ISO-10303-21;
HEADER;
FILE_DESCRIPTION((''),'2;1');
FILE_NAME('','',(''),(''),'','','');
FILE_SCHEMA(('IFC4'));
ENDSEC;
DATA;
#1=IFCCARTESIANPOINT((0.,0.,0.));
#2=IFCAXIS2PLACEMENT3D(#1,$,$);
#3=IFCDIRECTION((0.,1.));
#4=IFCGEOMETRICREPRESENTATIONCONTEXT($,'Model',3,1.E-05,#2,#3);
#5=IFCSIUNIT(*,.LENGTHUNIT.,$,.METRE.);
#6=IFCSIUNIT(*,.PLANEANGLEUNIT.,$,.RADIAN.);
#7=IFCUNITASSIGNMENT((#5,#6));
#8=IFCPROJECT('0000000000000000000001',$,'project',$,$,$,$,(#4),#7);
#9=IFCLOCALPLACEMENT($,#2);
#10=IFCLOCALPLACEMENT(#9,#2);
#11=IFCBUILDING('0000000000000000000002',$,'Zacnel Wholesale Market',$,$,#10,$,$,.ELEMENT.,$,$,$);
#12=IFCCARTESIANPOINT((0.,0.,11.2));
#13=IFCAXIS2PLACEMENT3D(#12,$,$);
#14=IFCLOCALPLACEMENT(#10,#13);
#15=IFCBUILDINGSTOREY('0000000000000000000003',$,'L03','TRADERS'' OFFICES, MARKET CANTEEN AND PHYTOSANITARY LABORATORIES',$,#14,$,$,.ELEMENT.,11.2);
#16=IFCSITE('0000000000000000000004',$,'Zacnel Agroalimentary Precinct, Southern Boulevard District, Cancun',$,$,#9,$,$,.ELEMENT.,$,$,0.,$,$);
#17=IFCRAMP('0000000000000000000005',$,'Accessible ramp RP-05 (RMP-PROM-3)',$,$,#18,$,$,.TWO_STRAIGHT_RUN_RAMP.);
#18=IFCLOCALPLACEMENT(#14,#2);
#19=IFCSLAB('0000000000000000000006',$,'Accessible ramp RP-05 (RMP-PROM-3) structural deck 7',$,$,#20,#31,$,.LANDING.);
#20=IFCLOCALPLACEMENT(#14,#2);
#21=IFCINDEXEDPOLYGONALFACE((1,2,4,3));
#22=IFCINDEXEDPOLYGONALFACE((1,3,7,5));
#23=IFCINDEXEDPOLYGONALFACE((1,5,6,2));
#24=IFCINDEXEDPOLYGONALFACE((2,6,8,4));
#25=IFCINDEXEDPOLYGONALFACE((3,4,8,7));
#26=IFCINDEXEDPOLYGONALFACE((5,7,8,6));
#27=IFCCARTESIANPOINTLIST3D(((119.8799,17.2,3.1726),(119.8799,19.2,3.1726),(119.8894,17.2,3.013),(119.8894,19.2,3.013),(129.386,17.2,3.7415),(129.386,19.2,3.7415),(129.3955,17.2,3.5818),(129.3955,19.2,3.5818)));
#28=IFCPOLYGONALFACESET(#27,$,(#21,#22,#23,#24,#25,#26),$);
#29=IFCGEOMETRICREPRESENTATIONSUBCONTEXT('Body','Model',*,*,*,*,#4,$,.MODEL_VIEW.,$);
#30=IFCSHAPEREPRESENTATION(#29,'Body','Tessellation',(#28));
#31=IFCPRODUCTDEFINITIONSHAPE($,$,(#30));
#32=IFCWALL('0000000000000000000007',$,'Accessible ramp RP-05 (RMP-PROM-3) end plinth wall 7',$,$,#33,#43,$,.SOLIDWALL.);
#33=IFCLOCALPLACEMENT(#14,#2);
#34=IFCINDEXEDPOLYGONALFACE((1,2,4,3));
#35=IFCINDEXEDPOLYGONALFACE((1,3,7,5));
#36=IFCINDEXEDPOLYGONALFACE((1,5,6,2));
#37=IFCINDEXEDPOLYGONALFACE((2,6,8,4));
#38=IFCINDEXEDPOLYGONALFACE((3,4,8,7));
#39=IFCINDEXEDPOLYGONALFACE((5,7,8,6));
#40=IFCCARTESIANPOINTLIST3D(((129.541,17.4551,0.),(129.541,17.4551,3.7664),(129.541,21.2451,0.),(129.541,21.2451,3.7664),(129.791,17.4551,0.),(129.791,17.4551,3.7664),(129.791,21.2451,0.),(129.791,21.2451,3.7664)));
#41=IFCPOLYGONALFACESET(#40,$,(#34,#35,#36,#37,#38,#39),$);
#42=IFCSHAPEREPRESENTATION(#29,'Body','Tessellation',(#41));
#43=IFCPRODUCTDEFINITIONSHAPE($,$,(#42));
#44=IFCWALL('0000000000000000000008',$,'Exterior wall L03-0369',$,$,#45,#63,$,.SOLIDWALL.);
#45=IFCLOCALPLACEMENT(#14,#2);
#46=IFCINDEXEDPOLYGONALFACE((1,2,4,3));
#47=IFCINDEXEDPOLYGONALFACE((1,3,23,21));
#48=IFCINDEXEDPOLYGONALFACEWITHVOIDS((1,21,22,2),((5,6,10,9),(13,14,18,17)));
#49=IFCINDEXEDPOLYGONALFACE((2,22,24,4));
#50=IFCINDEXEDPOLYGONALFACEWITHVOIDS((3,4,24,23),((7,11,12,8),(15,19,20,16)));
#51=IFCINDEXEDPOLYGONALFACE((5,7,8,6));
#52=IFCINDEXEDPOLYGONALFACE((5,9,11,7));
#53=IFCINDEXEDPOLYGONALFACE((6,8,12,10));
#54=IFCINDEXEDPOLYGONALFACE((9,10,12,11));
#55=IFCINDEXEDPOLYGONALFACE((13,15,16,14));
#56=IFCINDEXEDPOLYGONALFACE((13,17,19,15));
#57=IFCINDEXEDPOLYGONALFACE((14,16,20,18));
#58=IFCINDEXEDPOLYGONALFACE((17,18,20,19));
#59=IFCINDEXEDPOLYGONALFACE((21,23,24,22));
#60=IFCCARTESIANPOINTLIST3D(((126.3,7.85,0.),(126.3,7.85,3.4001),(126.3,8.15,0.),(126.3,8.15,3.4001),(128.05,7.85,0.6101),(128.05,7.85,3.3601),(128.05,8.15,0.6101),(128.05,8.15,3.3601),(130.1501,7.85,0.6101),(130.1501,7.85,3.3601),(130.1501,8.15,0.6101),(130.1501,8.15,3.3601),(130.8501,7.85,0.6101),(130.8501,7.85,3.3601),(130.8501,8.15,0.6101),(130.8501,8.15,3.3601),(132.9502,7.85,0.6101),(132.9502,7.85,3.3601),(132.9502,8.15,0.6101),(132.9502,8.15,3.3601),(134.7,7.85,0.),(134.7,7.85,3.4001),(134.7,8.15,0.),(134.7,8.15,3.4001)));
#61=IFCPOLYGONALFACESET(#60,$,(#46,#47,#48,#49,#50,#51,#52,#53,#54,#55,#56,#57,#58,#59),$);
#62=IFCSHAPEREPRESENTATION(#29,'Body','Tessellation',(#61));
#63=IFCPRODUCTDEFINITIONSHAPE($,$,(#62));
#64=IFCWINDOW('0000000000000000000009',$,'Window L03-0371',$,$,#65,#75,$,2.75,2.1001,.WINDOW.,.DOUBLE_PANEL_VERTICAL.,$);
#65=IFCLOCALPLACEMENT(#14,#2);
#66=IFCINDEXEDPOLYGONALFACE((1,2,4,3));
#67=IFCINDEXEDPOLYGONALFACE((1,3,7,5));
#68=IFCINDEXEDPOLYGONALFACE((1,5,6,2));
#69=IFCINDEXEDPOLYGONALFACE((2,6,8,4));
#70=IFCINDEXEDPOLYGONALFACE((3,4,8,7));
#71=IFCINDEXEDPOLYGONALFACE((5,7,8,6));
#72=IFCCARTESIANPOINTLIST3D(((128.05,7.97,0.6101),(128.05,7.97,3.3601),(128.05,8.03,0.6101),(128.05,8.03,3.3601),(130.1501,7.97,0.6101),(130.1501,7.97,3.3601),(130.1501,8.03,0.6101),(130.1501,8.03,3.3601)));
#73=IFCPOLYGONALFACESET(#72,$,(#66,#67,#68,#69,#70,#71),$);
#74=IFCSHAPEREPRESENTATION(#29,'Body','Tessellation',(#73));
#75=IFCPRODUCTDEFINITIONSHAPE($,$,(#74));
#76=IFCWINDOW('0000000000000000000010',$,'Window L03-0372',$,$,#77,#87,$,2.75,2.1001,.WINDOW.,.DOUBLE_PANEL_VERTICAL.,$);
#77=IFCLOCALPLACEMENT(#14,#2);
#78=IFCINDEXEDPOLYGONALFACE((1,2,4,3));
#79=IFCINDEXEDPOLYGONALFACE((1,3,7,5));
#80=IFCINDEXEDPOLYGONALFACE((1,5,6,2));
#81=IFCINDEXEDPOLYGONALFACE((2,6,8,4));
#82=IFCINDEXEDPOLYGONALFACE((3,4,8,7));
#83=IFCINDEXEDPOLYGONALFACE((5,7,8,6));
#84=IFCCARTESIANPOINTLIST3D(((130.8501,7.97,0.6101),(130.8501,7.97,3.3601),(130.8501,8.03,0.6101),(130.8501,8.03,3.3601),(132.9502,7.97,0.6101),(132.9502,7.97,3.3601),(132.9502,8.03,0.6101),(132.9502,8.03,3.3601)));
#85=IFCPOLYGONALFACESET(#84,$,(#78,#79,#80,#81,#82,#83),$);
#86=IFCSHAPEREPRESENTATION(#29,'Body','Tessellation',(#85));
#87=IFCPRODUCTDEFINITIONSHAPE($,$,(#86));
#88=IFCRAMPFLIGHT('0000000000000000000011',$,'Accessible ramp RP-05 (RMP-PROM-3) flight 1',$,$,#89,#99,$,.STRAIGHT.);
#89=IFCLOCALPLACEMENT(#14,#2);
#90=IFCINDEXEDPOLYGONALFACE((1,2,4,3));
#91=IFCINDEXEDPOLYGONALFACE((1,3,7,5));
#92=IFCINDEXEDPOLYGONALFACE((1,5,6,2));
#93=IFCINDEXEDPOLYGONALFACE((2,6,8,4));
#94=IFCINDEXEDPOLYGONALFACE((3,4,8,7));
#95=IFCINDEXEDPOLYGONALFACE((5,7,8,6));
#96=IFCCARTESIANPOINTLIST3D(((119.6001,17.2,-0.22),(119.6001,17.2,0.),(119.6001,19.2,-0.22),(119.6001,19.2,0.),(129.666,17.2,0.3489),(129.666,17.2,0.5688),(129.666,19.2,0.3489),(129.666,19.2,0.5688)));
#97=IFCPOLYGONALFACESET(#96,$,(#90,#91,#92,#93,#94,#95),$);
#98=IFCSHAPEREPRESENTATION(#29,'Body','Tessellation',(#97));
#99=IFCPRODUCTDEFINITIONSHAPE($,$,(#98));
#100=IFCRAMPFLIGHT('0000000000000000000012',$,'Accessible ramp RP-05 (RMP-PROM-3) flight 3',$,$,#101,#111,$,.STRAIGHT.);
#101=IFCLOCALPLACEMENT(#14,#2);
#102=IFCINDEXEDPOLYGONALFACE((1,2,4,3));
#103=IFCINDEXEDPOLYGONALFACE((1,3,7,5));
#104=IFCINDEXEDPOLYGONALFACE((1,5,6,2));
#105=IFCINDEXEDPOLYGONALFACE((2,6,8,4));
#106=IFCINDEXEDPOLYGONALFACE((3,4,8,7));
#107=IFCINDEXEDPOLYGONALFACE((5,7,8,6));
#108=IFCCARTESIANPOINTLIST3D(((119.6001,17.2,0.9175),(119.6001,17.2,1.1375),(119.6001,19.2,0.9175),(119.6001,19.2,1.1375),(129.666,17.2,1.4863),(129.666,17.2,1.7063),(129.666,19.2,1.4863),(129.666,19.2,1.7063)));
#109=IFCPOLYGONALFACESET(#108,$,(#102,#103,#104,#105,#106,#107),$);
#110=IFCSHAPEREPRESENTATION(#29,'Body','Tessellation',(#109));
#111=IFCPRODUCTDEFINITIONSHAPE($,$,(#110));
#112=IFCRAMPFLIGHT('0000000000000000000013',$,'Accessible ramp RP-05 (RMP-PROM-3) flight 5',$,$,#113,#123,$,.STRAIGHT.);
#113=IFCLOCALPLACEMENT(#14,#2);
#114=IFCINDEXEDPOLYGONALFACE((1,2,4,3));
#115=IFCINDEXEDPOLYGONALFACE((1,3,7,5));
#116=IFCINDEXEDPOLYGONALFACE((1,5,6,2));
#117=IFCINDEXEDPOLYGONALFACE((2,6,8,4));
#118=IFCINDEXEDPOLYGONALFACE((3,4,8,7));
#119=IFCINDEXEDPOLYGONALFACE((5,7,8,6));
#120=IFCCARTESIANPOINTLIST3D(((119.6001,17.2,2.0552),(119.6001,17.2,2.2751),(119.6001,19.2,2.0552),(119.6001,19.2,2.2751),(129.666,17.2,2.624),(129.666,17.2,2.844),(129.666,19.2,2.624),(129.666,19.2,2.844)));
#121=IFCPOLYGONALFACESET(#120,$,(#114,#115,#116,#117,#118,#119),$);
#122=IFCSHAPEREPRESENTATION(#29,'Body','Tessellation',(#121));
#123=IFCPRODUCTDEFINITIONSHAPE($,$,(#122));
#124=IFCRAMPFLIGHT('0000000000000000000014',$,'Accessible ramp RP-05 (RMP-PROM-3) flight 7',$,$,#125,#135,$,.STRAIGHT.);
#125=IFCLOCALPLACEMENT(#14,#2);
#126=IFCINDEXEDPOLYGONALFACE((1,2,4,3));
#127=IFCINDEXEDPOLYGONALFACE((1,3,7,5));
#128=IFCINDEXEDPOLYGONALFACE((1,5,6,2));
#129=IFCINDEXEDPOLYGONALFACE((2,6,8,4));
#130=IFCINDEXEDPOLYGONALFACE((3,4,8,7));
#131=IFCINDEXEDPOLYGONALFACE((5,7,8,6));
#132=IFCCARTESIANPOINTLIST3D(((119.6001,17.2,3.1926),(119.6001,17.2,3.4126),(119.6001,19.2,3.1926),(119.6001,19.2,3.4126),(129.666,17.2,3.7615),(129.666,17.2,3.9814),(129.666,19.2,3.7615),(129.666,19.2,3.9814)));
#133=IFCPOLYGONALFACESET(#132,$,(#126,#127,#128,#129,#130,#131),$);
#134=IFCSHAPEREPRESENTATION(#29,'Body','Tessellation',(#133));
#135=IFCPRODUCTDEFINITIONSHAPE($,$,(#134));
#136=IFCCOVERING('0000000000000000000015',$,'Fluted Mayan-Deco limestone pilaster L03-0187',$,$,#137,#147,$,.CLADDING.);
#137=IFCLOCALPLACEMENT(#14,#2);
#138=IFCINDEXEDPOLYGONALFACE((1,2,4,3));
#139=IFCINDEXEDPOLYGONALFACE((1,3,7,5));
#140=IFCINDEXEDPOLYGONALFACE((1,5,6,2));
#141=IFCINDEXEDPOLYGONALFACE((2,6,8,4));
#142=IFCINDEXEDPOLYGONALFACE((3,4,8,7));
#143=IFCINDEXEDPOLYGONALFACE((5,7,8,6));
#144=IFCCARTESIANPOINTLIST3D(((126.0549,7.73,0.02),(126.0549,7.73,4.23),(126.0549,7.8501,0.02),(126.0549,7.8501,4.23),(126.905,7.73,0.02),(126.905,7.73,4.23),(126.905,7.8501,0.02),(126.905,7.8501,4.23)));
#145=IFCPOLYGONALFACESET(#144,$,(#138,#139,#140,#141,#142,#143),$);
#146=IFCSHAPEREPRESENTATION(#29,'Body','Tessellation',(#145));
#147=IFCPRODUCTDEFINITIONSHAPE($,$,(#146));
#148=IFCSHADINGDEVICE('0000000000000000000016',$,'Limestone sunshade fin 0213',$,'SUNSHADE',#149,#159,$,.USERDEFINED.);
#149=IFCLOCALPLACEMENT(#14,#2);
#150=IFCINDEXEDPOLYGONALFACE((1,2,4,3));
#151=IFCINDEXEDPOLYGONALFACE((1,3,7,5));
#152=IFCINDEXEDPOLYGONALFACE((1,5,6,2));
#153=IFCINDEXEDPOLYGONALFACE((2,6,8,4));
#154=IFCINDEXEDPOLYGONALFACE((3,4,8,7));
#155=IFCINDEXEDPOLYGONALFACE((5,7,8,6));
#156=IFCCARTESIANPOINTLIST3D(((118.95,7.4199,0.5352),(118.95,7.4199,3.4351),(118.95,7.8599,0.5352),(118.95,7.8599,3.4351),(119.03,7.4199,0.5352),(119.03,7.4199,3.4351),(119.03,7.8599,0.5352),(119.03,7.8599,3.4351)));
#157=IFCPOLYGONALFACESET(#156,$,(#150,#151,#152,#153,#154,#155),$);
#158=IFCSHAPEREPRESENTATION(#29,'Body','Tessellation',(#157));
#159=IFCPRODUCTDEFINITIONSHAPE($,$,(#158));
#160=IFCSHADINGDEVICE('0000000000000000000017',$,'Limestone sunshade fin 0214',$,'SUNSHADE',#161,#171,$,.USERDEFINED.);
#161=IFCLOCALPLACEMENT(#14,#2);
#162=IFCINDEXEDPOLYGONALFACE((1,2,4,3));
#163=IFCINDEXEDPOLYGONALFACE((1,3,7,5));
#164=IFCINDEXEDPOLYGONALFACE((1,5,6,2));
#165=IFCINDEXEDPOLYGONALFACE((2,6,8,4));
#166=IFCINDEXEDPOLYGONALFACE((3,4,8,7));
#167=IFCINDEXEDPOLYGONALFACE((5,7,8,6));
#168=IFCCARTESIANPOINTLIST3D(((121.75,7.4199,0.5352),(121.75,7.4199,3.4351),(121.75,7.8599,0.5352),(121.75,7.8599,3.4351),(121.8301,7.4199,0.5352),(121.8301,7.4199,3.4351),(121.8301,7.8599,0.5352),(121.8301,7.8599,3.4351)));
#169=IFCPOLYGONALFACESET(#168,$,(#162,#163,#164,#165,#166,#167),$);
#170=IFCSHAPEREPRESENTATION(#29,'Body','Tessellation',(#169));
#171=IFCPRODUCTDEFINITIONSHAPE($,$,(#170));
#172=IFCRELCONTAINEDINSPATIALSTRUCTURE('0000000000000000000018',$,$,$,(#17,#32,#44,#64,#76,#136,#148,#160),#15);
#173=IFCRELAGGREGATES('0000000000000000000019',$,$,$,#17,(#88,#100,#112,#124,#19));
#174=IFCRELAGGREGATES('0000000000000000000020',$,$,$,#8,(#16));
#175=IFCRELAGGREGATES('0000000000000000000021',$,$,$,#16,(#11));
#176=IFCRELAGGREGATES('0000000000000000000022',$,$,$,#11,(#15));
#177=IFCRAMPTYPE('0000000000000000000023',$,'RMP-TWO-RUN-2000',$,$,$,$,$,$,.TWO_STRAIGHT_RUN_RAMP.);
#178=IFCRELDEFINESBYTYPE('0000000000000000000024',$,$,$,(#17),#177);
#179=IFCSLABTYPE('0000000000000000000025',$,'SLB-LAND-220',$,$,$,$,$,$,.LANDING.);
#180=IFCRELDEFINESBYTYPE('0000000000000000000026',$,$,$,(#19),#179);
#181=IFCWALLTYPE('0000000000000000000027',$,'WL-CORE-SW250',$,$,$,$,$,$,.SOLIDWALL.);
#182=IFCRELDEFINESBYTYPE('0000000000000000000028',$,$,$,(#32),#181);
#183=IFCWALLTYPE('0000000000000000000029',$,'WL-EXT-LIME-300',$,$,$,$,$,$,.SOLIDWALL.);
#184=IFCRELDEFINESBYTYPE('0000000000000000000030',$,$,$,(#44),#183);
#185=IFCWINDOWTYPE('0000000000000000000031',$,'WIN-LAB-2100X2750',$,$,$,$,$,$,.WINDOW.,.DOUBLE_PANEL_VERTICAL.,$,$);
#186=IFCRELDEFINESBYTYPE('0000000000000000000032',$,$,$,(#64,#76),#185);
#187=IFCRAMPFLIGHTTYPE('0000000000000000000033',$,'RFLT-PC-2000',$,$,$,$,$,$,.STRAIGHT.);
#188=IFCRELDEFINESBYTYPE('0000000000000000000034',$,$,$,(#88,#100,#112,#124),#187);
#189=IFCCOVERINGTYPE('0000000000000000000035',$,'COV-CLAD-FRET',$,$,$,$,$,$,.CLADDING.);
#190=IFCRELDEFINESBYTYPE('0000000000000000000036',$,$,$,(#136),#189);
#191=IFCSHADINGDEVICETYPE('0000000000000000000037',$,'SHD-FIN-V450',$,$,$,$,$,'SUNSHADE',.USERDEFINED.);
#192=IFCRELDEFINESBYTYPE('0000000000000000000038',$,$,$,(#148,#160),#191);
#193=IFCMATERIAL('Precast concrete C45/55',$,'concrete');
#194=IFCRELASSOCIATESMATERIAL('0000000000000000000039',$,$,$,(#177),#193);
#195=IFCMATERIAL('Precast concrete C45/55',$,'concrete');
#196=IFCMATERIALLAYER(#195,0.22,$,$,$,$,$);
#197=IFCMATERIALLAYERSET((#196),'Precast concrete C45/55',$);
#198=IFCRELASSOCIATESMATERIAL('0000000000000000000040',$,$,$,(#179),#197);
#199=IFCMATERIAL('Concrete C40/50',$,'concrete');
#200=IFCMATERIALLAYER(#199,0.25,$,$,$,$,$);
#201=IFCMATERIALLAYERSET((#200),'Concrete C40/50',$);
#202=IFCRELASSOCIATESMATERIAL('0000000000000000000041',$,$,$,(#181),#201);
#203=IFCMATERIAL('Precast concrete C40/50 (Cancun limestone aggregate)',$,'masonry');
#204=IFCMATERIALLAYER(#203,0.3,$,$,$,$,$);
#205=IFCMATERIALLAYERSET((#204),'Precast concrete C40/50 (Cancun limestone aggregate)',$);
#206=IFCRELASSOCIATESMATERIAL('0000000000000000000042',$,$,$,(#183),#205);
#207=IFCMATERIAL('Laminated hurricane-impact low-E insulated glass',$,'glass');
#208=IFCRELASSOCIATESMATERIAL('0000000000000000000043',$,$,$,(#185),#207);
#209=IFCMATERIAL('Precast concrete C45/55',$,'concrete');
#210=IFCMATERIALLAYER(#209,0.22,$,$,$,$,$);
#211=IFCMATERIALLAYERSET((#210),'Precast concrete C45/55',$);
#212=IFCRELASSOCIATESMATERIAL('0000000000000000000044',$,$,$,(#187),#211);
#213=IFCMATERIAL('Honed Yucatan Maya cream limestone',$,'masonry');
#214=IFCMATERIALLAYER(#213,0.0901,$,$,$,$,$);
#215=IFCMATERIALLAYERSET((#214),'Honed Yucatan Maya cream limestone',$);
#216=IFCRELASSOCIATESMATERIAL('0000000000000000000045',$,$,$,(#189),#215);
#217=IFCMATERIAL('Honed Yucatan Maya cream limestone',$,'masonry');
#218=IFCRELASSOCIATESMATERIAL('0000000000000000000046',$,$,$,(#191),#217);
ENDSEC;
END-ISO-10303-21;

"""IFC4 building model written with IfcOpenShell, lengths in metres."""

from ifc_helpers import new_model, si_unit, direction, frame, frame_2d, origin, origin_2d, place, context, subcontext, project, spatial, polyline, rectangle, outline, extrude, material, layer, layer_set, type_object, element, fill, aggregate, save


model = new_model("IFC4")

# Units and contexts
model_context = context("Model", 3, precision=1e-05, world=origin(), true_north=direction((0.0, 1.0)))
body_context = subcontext(model_context, "Body", "Model", "MODEL_VIEW")
ifc_project = project(units=[si_unit("LENGTHUNIT", "METRE"), si_unit("PLANEANGLEUNIT", "RADIAN")], contexts=[model_context])

# Site, building, storey
site_placement = place(None, origin())
site = spatial("IfcSite", under=ifc_project, at=site_placement, Name="Zacnel Agroalimentary Precinct, Southern Boulevard District, Cancun", CompositionType="ELEMENT", RefElevation=0.0)
building_placement = place(site_placement, origin())
building = spatial("IfcBuilding", under=site, at=building_placement, Name="Zacnel Wholesale Market", CompositionType="ELEMENT")
storey_placement = place(building_placement, frame((0.0, 0.0, 11.2)))
storey = spatial("IfcBuildingStorey", under=building, at=storey_placement, Name="L03", Description="TRADERS' OFFICES, MARKET CANTEEN AND PHYTOSANITARY LABORATORIES", CompositionType="ELEMENT", Elevation=11.2)

# Ramp, slab
ifc_material_1 = material(Name="Precast concrete C45/55", Category="concrete")
ramp_type = type_object("IfcRampType", Name="RMP-TWO-RUN-2000", PredefinedType="TWO_STRAIGHT_RUN_RAMP", material=ifc_material_1)
ramp_placement = place(storey_placement, origin())
ramp = element("IfcRamp", 1, at=ramp_placement, inside=storey, type_object=ramp_type, Name="Accessible ramp RP-05 (RMP-PROM-3)", PredefinedType="TWO_STRAIGHT_RUN_RAMP")
ifc_material_2 = material(Name="Precast concrete C45/55", Category="concrete")
ifc_layer_1 = layer(ifc_material_2, 0.22)
ifc_layer_set_1 = layer_set([ifc_layer_1], Name="Precast concrete C45/55")
slab_type = type_object("IfcSlabType", Name="SLB-LAND-220", PredefinedType="LANDING", material=ifc_layer_set_1)
slab_1_placement = place(storey_placement, frame((119.8799, 17.2, 3.1726), z_axis=(-0.059733, 0.0, 0.998214), x_axis=(0.998214, 0.0, 0.059733)))
slab_1 = element("IfcSlab", 2, at=slab_1_placement, type_object=slab_type, Name="Accessible ramp RP-05 (RMP-PROM-3) structural deck 7", PredefinedType="LANDING", context=body_context, shape_type="SweptSolid", body=[
    extrude(outline(polyline([(0.0, 0.0), (9.5231, 0.0), (9.5231, 2.0), (0.0, 2.0), (0.0, 0.0)])), origin(), (0.0, 0.0, -1.0), 0.1599),
])

# Wall
ifc_material_3 = material(Name="Concrete C40/50", Category="concrete")
ifc_layer_2 = layer(ifc_material_3, 0.25)
ifc_layer_set_2 = layer_set([ifc_layer_2], Name="Concrete C40/50")
wall_type_1 = type_object("IfcWallType", Name="WL-CORE-SW250", PredefinedType="SOLIDWALL", material=ifc_layer_set_2)
wall_1_placement = place(storey_placement, frame((129.666, 17.4551, 0.0), z_axis=(0.0, 0.0, 1.0), x_axis=(0.0, 1.0, 0.0)))
element("IfcWall", 3, at=wall_1_placement, inside=storey, type_object=wall_type_1, Name="Accessible ramp RP-05 (RMP-PROM-3) end plinth wall 7", PredefinedType="SOLIDWALL", context=body_context, shape_type="SweptSolid", body=[
    extrude(rectangle(XDim=3.79, YDim=0.25, at=frame_2d((1.895, 0.0))), origin(), (0.0, 0.0, 1.0), 3.7664),
])

# Wall, openings, windows
ifc_material_4 = material(Name="Precast concrete C40/50 (Cancun limestone aggregate)", Category="masonry")
ifc_layer_3 = layer(ifc_material_4, 0.3)
ifc_layer_set_3 = layer_set([ifc_layer_3], Name="Precast concrete C40/50 (Cancun limestone aggregate)")
wall_type_2 = type_object("IfcWallType", Name="WL-EXT-LIME-300", PredefinedType="SOLIDWALL", material=ifc_layer_set_3)
wall_2_placement = place(storey_placement, frame((126.3, 8.0, 0.0), z_axis=(0.0, 0.0, 1.0), x_axis=(1.0, 0.0, 0.0)))
wall_2 = element("IfcWall", 4, at=wall_2_placement, inside=storey, type_object=wall_type_2, Name="Exterior wall L03-0369", PredefinedType="SOLIDWALL", context=body_context, shape_type="SweptSolid", body=[
    extrude(rectangle(XDim=8.3999, YDim=0.3, at=frame_2d((4.2, 0.0))), origin(), (0.0, 0.0, 1.0), 3.4001),
])
opening_1_placement = place(wall_2_placement, frame((1.75, 0.0, 0.6101)))
opening_1 = element("IfcOpeningElement", 5, at=opening_1_placement, cuts=wall_2, PredefinedType="OPENING", context=body_context, shape_type="SweptSolid", body=[
    extrude(rectangle(XDim=2.1001, YDim=2.75, at=frame_2d((1.05, 1.375))), frame((0.0, 0.1599, 0.0), z_axis=(0.0, -1.0, 0.0), x_axis=(1.0, 0.0, 0.0)), (0.0, 0.0, 1.0), 0.3201),
])
opening_2_placement = place(wall_2_placement, frame((4.55, 0.0, 0.6101)))
opening_2 = element("IfcOpeningElement", 6, at=opening_2_placement, cuts=wall_2, PredefinedType="OPENING", context=body_context, shape_type="SweptSolid", body=[
    extrude(rectangle(XDim=2.1001, YDim=2.75, at=frame_2d((1.05, 1.375))), frame((0.0, 0.1599, 0.0), z_axis=(0.0, -1.0, 0.0), x_axis=(1.0, 0.0, 0.0)), (0.0, 0.0, 1.0), 0.3201),
])
ifc_material_5 = material(Name="Laminated hurricane-impact low-E insulated glass", Category="glass")
window_type = type_object("IfcWindowType", Name="WIN-LAB-2100X2750", PartitioningType="DOUBLE_PANEL_VERTICAL", PredefinedType="WINDOW", material=ifc_material_5)
window_1_placement = place(opening_1_placement, origin())
window_1 = element("IfcWindow", 7, at=window_1_placement, inside=storey, type_object=window_type, Name="Window L03-0371", OverallHeight=2.75, OverallWidth=2.1001, PartitioningType="DOUBLE_PANEL_VERTICAL", PredefinedType="WINDOW", context=body_context, shape_type="SweptSolid", body=[
    extrude(rectangle(XDim=2.1001, YDim=2.75, at=frame_2d((1.05, 1.375))), frame((0.0, 0.03, 0.0), z_axis=(0.0, -1.0, 0.0), x_axis=(1.0, 0.0, 0.0)), (0.0, 0.0, 1.0), 0.0601),
])
fill(opening_1, window_1)
window_2_placement = place(opening_2_placement, origin())
window_2 = element("IfcWindow", 8, at=window_2_placement, inside=storey, type_object=window_type, Name="Window L03-0372", OverallHeight=2.75, OverallWidth=2.1001, PartitioningType="DOUBLE_PANEL_VERTICAL", PredefinedType="WINDOW", context=body_context, shape_type="SweptSolid", body=[
    extrude(rectangle(XDim=2.1001, YDim=2.75, at=frame_2d((1.05, 1.375))), frame((0.0, 0.03, 0.0), z_axis=(0.0, -1.0, 0.0), x_axis=(1.0, 0.0, 0.0)), (0.0, 0.0, 1.0), 0.0601),
])
fill(opening_2, window_2)

# Ramp flights
ifc_material_6 = material(Name="Precast concrete C45/55", Category="concrete")
ifc_layer_4 = layer(ifc_material_6, 0.22)
ifc_layer_set_4 = layer_set([ifc_layer_4], Name="Precast concrete C45/55")
ramp_flight_type = type_object("IfcRampFlightType", Name="RFLT-PC-2000", PredefinedType="STRAIGHT", material=ifc_layer_set_4)
ramp_flight_1_placement = place(storey_placement, frame((119.6001, 18.2, 0.0), z_axis=(0.0, 0.0, 1.0), x_axis=(1.0, 0.0, 0.0)))
ramp_flight_1 = element("IfcRampFlight", 9, at=ramp_flight_1_placement, type_object=ramp_flight_type, Name="Accessible ramp RP-05 (RMP-PROM-3) flight 1", PredefinedType="STRAIGHT", context=body_context, shape_type="SweptSolid", body=[
    extrude(outline(polyline([(0.0, 0.0), (10.0659, 0.5688), (10.0659, 0.3489), (0.0, -0.22), (0.0, 0.0)])), frame((0.0, 1.0, 0.0), z_axis=(0.0, -1.0, 0.0), x_axis=(1.0, 0.0, 0.0)), (0.0, 0.0, 1.0), 2.0),
])
ramp_flight_2_placement = place(storey_placement, frame((119.6001, 18.2, 1.1375), z_axis=(0.0, 0.0, 1.0), x_axis=(1.0, 0.0, 0.0)))
ramp_flight_2 = element("IfcRampFlight", 10, at=ramp_flight_2_placement, type_object=ramp_flight_type, Name="Accessible ramp RP-05 (RMP-PROM-3) flight 3", PredefinedType="STRAIGHT", context=body_context, shape_type="SweptSolid", body=[
    extrude(outline(polyline([(0.0, 0.0), (10.0659, 0.5688), (10.0659, 0.3489), (0.0, -0.22), (0.0, 0.0)])), frame((0.0, 1.0, 0.0), z_axis=(0.0, -1.0, 0.0), x_axis=(1.0, 0.0, 0.0)), (0.0, 0.0, 1.0), 2.0),
])
ramp_flight_3_placement = place(storey_placement, frame((119.6001, 18.2, 2.2751), z_axis=(0.0, 0.0, 1.0), x_axis=(1.0, 0.0, 0.0)))
ramp_flight_3 = element("IfcRampFlight", 11, at=ramp_flight_3_placement, type_object=ramp_flight_type, Name="Accessible ramp RP-05 (RMP-PROM-3) flight 5", PredefinedType="STRAIGHT", context=body_context, shape_type="SweptSolid", body=[
    extrude(outline(polyline([(0.0, 0.0), (10.0659, 0.5688), (10.0659, 0.3489), (0.0, -0.22), (0.0, 0.0)])), frame((0.0, 1.0, 0.0), z_axis=(0.0, -1.0, 0.0), x_axis=(1.0, 0.0, 0.0)), (0.0, 0.0, 1.0), 2.0),
])
ramp_flight_4_placement = place(storey_placement, frame((119.6001, 18.2, 3.4126), z_axis=(0.0, 0.0, 1.0), x_axis=(1.0, 0.0, 0.0)))
ramp_flight_4 = element("IfcRampFlight", 12, at=ramp_flight_4_placement, type_object=ramp_flight_type, Name="Accessible ramp RP-05 (RMP-PROM-3) flight 7", PredefinedType="STRAIGHT", context=body_context, shape_type="SweptSolid", body=[
    extrude(outline(polyline([(0.0, 0.0), (10.0659, 0.5688), (10.0659, 0.3489), (0.0, -0.22), (0.0, 0.0)])), frame((0.0, 1.0, 0.0), z_axis=(0.0, -1.0, 0.0), x_axis=(1.0, 0.0, 0.0)), (0.0, 0.0, 1.0), 2.0),
])
aggregate(ramp, [ramp_flight_1, ramp_flight_2, ramp_flight_3, ramp_flight_4, slab_1])

# Covering
ifc_material_7 = material(Name="Honed Yucatan Maya cream limestone", Category="masonry")
ifc_layer_5 = layer(ifc_material_7, 0.0901)
ifc_layer_set_5 = layer_set([ifc_layer_5], Name="Honed Yucatan Maya cream limestone")
covering_type = type_object("IfcCoveringType", Name="COV-CLAD-FRET", PredefinedType="CLADDING", material=ifc_layer_set_5)
covering_placement = place(storey_placement, frame((126.48, 7.79, 0.02), z_axis=(0.0, 0.0, 1.0), x_axis=(1.0, 0.0, 0.0)))
element("IfcCovering", 13, at=covering_placement, inside=storey, type_object=covering_type, Name="Fluted Mayan-Deco limestone pilaster L03-0187", PredefinedType="CLADDING", context=body_context, shape_type="SweptSolid", body=[
    extrude(rectangle(XDim=0.8501, YDim=0.1201, at=origin_2d()), origin(), (0.0, 0.0, 1.0), 4.21),
])

# Shading devices
ifc_material_8 = material(Name="Honed Yucatan Maya cream limestone", Category="masonry")
shading_device_type = type_object("IfcShadingDeviceType", Name="SHD-FIN-V450", ElementType="SUNSHADE", PredefinedType="USERDEFINED", material=ifc_material_8)
for number, where, z_axis, x_axis, name in (
    (14, (118.99, 7.6399, 0.5352), (0.0, 0.0, 1.0), (1.0, 0.0, 0.0), "Limestone sunshade fin 0213"),
    (15, (121.79, 7.6399, 0.5352), (0.0, 0.0, 1.0), (1.0, 0.0, 0.0), "Limestone sunshade fin 0214"),
):
    element("IfcShadingDevice", number, at=place(storey_placement, frame(where, z_axis=z_axis, x_axis=x_axis)), inside=storey, type_object=shading_device_type, Name=name, ObjectType="SUNSHADE", PredefinedType="USERDEFINED", context=body_context, shape_type="SweptSolid", body=[
        extrude(rectangle(XDim=0.0801, YDim=0.4399, at=origin_2d()), origin(), (0.0, 0.0, 1.0), 2.8999),
    ])

save(model, "model.ifc")
